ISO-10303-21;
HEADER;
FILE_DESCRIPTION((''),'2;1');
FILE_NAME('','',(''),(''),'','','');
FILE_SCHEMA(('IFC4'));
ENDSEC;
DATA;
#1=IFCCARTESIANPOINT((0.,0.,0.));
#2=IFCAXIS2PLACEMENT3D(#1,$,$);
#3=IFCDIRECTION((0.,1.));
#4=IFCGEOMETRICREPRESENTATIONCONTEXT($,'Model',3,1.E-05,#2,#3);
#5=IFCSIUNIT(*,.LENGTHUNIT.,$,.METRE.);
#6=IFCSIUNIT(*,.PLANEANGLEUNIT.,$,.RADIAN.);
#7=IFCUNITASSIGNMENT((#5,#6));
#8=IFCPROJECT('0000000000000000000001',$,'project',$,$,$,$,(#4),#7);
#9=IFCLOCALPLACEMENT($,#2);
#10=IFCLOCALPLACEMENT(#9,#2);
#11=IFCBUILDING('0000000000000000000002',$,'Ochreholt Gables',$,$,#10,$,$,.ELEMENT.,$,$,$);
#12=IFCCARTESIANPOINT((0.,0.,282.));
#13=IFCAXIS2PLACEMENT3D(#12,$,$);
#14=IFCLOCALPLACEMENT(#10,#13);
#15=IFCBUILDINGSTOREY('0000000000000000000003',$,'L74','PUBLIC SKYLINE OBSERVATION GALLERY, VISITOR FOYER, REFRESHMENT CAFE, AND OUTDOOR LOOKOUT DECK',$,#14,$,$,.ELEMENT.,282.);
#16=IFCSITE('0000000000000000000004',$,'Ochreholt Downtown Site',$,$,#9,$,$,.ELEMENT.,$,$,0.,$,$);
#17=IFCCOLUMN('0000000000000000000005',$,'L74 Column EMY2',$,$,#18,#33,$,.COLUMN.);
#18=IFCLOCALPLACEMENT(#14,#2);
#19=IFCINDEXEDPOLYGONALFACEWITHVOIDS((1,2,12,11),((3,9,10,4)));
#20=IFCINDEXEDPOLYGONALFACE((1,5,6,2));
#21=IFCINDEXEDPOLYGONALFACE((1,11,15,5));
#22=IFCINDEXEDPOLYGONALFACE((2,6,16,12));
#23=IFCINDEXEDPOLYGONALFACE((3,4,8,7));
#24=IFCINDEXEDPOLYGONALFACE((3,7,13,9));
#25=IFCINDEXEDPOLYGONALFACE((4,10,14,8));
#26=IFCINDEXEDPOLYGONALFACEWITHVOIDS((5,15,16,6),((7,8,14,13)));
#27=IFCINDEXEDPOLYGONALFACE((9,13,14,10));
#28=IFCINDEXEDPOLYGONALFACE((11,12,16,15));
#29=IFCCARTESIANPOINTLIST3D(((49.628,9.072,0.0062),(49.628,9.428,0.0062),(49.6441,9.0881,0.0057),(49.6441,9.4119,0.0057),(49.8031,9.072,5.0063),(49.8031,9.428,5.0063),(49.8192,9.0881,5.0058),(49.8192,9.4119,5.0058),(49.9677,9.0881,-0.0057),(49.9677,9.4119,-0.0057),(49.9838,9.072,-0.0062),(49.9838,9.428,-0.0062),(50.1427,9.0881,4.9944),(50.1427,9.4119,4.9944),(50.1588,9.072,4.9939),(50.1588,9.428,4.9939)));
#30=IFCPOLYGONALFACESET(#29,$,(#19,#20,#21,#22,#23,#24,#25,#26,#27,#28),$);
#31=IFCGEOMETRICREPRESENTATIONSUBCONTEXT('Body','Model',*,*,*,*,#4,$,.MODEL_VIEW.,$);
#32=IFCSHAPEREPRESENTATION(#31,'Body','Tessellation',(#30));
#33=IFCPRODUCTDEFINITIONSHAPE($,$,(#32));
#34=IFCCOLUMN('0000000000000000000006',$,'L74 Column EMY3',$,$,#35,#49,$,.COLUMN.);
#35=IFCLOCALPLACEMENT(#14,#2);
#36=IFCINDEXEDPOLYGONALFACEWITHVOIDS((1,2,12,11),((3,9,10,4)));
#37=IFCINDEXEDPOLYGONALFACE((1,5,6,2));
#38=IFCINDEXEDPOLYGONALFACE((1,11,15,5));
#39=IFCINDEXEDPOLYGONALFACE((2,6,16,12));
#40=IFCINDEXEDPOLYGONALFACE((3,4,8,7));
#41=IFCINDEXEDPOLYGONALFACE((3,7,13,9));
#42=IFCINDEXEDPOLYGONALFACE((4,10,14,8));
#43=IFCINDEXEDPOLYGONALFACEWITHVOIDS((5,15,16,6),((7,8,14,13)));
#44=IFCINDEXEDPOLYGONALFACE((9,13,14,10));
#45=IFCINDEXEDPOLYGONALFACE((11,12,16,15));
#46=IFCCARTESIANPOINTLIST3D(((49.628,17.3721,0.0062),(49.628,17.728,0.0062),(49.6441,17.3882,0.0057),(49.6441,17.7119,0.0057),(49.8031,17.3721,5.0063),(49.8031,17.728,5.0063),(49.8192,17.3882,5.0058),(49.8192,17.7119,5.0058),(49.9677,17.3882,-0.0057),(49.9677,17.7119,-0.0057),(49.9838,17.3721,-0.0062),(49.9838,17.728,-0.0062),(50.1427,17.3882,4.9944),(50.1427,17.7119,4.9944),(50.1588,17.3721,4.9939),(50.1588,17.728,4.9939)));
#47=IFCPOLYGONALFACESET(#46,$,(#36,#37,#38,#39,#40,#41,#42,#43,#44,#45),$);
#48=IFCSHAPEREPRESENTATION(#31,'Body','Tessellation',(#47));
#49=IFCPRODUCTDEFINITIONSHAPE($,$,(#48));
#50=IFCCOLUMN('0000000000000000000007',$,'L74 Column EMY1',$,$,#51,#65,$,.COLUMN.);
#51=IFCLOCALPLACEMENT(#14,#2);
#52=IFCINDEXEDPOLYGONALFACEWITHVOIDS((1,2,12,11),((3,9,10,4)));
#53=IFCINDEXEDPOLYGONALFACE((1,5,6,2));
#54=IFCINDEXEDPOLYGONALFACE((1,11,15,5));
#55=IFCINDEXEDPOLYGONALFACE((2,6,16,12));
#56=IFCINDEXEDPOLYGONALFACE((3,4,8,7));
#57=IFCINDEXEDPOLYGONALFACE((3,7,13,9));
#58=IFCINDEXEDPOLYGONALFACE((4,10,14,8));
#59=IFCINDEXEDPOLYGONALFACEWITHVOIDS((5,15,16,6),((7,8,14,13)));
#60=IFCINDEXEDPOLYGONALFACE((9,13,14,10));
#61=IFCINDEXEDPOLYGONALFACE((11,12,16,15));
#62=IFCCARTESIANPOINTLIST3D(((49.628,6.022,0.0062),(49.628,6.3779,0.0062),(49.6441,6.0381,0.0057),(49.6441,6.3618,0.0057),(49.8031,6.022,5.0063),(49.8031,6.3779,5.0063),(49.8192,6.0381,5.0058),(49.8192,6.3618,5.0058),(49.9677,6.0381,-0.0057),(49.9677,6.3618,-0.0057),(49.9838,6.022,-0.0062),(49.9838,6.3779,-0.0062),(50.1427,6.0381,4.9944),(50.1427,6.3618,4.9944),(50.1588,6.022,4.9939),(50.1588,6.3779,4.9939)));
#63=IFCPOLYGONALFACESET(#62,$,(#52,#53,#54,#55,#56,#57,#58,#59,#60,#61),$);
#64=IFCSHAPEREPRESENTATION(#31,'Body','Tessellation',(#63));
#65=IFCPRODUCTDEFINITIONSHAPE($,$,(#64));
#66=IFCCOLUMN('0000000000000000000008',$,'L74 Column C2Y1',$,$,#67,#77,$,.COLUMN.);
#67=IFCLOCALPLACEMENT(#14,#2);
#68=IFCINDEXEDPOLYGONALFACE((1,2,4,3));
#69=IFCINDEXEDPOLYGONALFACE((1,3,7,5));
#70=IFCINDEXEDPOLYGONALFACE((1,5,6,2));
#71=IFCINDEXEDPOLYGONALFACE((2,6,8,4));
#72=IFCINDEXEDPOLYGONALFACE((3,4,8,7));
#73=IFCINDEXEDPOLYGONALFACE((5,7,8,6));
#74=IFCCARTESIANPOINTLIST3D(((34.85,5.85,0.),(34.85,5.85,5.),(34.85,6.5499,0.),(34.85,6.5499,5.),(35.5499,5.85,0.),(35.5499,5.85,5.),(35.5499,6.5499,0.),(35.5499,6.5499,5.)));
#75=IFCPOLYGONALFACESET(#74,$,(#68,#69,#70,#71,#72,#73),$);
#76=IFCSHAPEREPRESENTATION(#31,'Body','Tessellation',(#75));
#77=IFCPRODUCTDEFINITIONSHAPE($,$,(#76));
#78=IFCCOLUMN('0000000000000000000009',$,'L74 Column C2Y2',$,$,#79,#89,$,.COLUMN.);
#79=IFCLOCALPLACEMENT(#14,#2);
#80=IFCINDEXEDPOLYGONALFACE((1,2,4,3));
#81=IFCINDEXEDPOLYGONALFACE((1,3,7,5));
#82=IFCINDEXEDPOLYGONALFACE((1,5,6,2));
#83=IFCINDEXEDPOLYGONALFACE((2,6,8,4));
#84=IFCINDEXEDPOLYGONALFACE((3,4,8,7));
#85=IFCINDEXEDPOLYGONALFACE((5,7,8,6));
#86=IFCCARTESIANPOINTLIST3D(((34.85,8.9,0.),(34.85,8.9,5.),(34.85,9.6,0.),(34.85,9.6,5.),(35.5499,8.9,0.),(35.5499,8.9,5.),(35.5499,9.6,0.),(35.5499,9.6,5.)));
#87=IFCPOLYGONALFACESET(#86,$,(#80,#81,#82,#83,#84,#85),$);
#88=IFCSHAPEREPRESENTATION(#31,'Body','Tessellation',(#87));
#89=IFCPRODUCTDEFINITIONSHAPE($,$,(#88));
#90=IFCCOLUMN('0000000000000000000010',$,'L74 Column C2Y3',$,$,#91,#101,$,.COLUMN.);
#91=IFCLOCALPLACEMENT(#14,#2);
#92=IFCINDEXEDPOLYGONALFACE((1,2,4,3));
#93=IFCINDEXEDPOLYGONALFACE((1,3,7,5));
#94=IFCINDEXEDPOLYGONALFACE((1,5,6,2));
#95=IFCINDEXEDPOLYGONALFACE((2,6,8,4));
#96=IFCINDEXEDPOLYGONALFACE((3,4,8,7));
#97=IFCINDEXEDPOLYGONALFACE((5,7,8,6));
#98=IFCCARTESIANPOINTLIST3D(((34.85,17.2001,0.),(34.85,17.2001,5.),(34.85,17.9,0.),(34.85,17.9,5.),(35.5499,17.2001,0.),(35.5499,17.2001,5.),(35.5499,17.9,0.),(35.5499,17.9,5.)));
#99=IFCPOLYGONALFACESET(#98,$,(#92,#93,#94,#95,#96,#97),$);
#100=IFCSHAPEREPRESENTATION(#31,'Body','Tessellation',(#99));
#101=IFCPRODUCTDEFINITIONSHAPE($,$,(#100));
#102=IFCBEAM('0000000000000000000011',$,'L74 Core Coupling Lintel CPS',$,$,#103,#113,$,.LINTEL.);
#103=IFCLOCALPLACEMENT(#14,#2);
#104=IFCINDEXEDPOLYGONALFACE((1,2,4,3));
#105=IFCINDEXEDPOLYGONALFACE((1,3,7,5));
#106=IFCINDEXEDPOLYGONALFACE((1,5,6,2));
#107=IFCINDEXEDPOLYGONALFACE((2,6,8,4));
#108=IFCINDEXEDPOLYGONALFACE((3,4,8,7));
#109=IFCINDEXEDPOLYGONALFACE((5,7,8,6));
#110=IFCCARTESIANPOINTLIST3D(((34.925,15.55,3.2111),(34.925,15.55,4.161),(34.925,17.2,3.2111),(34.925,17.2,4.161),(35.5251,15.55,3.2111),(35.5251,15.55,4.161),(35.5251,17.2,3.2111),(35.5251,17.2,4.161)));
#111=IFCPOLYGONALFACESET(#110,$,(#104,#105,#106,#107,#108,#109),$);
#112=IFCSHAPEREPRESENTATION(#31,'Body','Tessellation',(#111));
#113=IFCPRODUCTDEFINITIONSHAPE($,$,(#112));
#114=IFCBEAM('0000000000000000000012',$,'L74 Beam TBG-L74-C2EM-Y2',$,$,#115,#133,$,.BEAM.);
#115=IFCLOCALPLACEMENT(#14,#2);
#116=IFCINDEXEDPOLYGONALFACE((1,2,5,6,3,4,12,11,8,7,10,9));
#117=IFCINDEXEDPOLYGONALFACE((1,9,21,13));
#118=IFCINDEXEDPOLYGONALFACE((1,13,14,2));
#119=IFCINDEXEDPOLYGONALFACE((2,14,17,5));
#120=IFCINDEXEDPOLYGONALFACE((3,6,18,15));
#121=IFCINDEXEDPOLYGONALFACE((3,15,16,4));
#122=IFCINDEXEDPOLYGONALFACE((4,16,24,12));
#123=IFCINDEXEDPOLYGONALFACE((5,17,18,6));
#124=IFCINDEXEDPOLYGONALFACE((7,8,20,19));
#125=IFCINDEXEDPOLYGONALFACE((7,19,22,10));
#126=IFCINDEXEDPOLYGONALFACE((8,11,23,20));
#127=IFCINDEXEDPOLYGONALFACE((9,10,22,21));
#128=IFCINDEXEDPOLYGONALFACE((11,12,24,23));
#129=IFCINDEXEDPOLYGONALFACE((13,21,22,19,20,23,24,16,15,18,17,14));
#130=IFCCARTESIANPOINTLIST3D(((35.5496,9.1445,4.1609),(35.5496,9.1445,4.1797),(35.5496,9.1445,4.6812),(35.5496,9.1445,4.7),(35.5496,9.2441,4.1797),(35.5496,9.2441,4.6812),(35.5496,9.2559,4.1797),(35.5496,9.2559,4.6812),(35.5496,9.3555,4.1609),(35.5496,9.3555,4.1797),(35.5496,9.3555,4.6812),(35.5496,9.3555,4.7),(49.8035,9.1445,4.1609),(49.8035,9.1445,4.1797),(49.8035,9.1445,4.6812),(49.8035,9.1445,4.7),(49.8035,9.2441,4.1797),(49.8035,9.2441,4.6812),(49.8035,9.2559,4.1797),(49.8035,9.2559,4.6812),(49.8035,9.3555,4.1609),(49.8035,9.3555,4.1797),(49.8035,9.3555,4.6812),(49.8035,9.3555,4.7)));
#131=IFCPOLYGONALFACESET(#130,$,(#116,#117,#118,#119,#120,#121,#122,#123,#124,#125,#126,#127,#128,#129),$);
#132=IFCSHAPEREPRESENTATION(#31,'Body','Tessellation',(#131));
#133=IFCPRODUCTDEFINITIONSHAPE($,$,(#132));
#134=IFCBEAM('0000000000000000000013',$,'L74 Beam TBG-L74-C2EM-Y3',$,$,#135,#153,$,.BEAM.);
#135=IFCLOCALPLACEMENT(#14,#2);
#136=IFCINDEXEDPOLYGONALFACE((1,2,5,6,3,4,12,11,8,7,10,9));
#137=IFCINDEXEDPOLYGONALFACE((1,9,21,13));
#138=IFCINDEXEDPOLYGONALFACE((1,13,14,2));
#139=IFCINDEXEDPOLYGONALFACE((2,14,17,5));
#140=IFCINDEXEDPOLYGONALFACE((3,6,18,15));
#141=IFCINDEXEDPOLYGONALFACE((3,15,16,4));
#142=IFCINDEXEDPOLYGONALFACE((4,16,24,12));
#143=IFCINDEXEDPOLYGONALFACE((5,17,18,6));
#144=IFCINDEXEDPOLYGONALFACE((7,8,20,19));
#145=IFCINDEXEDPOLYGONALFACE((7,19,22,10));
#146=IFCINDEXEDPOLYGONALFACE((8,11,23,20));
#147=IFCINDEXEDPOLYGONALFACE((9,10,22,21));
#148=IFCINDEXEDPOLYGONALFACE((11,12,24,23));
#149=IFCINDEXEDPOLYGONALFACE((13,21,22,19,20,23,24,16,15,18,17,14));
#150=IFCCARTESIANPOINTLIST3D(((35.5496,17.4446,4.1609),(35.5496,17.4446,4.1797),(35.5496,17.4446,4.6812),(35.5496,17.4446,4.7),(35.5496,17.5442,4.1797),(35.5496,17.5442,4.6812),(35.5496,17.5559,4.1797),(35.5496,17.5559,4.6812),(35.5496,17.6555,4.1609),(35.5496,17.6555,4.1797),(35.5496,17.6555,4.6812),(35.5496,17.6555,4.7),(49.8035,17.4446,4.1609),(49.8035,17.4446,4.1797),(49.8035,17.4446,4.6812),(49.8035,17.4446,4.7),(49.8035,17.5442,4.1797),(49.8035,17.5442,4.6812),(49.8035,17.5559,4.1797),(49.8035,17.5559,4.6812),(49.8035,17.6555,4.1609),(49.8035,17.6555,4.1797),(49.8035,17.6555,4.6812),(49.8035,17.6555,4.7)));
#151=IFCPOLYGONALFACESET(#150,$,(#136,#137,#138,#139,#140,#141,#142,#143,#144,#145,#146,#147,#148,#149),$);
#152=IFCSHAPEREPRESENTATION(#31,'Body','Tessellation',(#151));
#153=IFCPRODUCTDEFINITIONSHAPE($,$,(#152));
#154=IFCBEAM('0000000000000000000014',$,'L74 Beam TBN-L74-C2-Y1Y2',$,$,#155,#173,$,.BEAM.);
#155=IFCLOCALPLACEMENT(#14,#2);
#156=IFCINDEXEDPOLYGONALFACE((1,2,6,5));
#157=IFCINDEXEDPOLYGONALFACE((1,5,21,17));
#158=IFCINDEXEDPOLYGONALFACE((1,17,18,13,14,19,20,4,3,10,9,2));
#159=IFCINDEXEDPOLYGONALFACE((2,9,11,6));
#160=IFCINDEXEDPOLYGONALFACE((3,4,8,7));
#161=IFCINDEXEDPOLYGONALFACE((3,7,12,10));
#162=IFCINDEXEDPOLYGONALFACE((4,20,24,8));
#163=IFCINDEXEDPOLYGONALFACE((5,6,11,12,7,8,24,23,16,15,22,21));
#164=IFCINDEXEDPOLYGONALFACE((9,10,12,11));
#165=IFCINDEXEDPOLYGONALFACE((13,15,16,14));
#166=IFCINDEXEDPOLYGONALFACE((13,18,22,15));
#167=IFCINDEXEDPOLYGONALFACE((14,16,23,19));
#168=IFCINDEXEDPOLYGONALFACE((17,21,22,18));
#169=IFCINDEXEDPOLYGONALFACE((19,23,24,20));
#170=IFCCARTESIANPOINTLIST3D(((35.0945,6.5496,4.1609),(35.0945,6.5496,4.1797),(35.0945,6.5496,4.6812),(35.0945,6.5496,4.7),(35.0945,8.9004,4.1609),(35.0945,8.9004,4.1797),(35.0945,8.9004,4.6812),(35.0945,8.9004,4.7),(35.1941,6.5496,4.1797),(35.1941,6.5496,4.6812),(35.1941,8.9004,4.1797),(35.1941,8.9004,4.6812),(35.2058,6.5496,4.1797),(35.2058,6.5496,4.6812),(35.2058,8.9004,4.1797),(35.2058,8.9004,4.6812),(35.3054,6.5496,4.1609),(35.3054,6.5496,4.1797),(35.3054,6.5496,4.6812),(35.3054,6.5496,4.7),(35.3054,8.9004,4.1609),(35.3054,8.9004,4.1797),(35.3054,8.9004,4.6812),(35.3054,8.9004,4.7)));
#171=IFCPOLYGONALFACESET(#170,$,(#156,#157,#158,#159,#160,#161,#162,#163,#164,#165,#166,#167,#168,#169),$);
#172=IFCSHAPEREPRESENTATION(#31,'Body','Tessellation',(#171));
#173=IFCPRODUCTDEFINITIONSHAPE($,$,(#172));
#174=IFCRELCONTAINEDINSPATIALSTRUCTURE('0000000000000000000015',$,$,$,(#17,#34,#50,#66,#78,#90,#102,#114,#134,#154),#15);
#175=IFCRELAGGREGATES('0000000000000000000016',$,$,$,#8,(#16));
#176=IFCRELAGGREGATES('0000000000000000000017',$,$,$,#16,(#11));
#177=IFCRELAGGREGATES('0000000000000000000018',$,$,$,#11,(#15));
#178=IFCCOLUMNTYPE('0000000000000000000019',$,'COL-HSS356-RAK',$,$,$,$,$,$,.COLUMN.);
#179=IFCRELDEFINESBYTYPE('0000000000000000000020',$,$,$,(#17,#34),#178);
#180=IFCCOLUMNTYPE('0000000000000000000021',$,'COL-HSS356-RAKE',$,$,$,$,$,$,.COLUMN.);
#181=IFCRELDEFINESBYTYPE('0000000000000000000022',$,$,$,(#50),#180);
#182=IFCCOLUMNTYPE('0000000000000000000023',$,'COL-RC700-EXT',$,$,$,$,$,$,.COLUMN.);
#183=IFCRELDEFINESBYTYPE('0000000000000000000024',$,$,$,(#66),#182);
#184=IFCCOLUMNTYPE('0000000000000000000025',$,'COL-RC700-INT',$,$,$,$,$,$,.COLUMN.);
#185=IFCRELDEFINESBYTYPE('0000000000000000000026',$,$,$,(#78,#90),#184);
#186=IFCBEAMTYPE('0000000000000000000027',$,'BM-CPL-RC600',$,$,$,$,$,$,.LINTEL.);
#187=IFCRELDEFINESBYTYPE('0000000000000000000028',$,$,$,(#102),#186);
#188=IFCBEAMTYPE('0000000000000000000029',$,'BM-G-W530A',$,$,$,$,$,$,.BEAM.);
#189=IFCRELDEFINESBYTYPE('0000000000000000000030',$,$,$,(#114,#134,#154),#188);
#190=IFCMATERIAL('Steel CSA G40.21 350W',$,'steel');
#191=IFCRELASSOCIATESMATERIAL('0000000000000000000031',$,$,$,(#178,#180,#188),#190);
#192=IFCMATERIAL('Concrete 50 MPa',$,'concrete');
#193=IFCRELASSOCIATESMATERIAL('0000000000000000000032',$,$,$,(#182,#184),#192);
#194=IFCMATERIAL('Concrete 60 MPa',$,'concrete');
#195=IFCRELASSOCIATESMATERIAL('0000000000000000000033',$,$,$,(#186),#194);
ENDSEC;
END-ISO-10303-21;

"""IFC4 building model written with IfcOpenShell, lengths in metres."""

from ifc_helpers import new_model, si_unit, direction, frame, origin, origin_2d, place, context, subcontext, project, spatial, rectangle, hollow_rectangle, i_section, extrude, material, material_profile, profile_set, type_object, element, save


model = new_model("IFC4")

# Units and contexts
model_context = context("Model", 3, precision=1e-05, world=origin(), true_north=direction((0.0, 1.0)))
body_context = subcontext(model_context, "Body", "Model", "MODEL_VIEW")
ifc_project = project(units=[si_unit("LENGTHUNIT", "METRE"), si_unit("PLANEANGLEUNIT", "RADIAN")], contexts=[model_context])

# Site, building, storey
site_placement = place(None, origin())
site = spatial("IfcSite", under=ifc_project, at=site_placement, Name="Ochreholt Downtown Site", CompositionType="ELEMENT", RefElevation=0.0)
building_placement = place(site_placement, origin())
building = spatial("IfcBuilding", under=site, at=building_placement, Name="Ochreholt Gables", CompositionType="ELEMENT")
storey_placement = place(building_placement, frame((0.0, 0.0, 282.0)))
storey = spatial("IfcBuildingStorey", under=building, at=storey_placement, Name="L74", Description="PUBLIC SKYLINE OBSERVATION GALLERY, VISITOR FOYER, REFRESHMENT CAFE, AND OUTDOOR LOOKOUT DECK", CompositionType="ELEMENT", Elevation=282.0)

# Columns
ifc_material_1 = material(Name="Steel CSA G40.21 350W", Category="steel")
ifc_material_profile_1 = material_profile(ifc_material_1, hollow_rectangle(XDim=0.356, YDim=0.356, WallThickness=0.0161, at=origin_2d()), Name="HSS356X356X16")
ifc_profile_set_1 = profile_set([ifc_material_profile_1], Name="Steel CSA G40.21 350W")
column_type_1 = type_object("IfcColumnType", Name="COL-HSS356-RAK", PredefinedType="COLUMN", material=ifc_profile_set_1)
for number, where, z_axis, x_axis, name in (
    (1, (49.8059, 9.25, 0.0), (0.034988, 0.0, 0.999388), (0.0, 1.0, 0.0), "L74 Column EMY2"),
    (2, (49.8059, 17.55, 0.0), (0.034988, 0.0, 0.999388), (0.0, 1.0, 0.0), "L74 Column EMY3"),
):
    element("IfcColumn", number, at=place(storey_placement, frame(where, z_axis=z_axis, x_axis=x_axis)), inside=storey, type_object=column_type_1, Name=name, PredefinedType="COLUMN", context=body_context, shape_type="SweptSolid", body=[
        extrude(hollow_rectangle(XDim=0.356, YDim=0.356, WallThickness=0.0161, at=origin_2d()), origin(), (0.0, 0.0, 1.0), 5.0032),
    ])
ifc_material_profile_2 = material_profile(ifc_material_1, hollow_rectangle(XDim=0.356, YDim=0.356, WallThickness=0.0161, at=origin_2d()), Name="HSS356X356X16")
ifc_profile_set_2 = profile_set([ifc_material_profile_2], Name="Steel CSA G40.21 350W")
column_type_2 = type_object("IfcColumnType", Name="COL-HSS356-RAKE", PredefinedType="COLUMN", material=ifc_profile_set_2)
column_1_placement = place(storey_placement, frame((49.8059, 6.2, 0.0), z_axis=(0.034988, 0.0, 0.999388), x_axis=(0.0, 1.0, 0.0)))
element("IfcColumn", 3, at=column_1_placement, inside=storey, type_object=column_type_2, Name="L74 Column EMY1", PredefinedType="COLUMN", context=body_context, shape_type="SweptSolid", body=[
    extrude(hollow_rectangle(XDim=0.356, YDim=0.356, WallThickness=0.0161, at=origin_2d()), origin(), (0.0, 0.0, 1.0), 5.0032),
])
ifc_material_2 = material(Name="Concrete 50 MPa", Category="concrete")
ifc_material_profile_3 = material_profile(ifc_material_2, rectangle(XDim=0.7, YDim=0.7, at=origin_2d()), Name="RC700X700")
ifc_profile_set_3 = profile_set([ifc_material_profile_3], Name="Concrete 50 MPa")
column_type_3 = type_object("IfcColumnType", Name="COL-RC700-EXT", PredefinedType="COLUMN", material=ifc_profile_set_3)
column_2_placement = place(storey_placement, frame((35.2, 6.2, 0.0), z_axis=(0.0, 0.0, 1.0), x_axis=(1.0, 0.0, 0.0)))
element("IfcColumn", 4, at=column_2_placement, inside=storey, type_object=column_type_3, Name="L74 Column C2Y1", PredefinedType="COLUMN", context=body_context, shape_type="SweptSolid", body=[
    extrude(rectangle(XDim=0.7, YDim=0.7, at=origin_2d()), origin(), (0.0, 0.0, 1.0), 5.0),
])
ifc_material_profile_4 = material_profile(ifc_material_2, rectangle(XDim=0.7, YDim=0.7, at=origin_2d()), Name="RC700X700")
ifc_profile_set_4 = profile_set([ifc_material_profile_4], Name="Concrete 50 MPa")
column_type_4 = type_object("IfcColumnType", Name="COL-RC700-INT", PredefinedType="COLUMN", material=ifc_profile_set_4)
for number, where, z_axis, x_axis, name in (
    (5, (35.2, 9.25, 0.0), (0.0, 0.0, 1.0), (1.0, 0.0, 0.0), "L74 Column C2Y2"),
    (6, (35.2, 17.55, 0.0), (0.0, 0.0, 1.0), (1.0, 0.0, 0.0), "L74 Column C2Y3"),
):
    element("IfcColumn", number, at=place(storey_placement, frame(where, z_axis=z_axis, x_axis=x_axis)), inside=storey, type_object=column_type_4, Name=name, PredefinedType="COLUMN", context=body_context, shape_type="SweptSolid", body=[
        extrude(rectangle(XDim=0.7, YDim=0.7, at=origin_2d()), origin(), (0.0, 0.0, 1.0), 5.0),
    ])

# Beams
ifc_material_3 = material(Name="Concrete 60 MPa", Category="concrete")
ifc_material_profile_5 = material_profile(ifc_material_3, rectangle(XDim=0.6001, YDim=0.95, at=origin_2d()), Name="RCB600X950")
ifc_profile_set_5 = profile_set([ifc_material_profile_5], Name="Concrete 60 MPa")
beam_type_1 = type_object("IfcBeamType", Name="BM-CPL-RC600", PredefinedType="LINTEL", material=ifc_profile_set_5)
beam_1_placement = place(storey_placement, frame((35.2251, 15.55, 3.686), z_axis=(0.0, 1.0, 0.0), x_axis=(-1.0, 0.0, 0.0)))
element("IfcBeam", 7, at=beam_1_placement, inside=storey, type_object=beam_type_1, Name="L74 Core Coupling Lintel CPS", PredefinedType="LINTEL", context=body_context, shape_type="SweptSolid", body=[
    extrude(rectangle(XDim=0.6001, YDim=0.95, at=origin_2d()), origin(), (0.0, 0.0, 1.0), 1.6499),
])
ifc_material_profile_6 = material_profile(ifc_material_1, i_section(OverallWidth=0.2109, OverallDepth=0.5391, WebThickness=0.0117, FlangeThickness=0.0188, at=origin_2d()), Name="W530X109")
ifc_profile_set_6 = profile_set([ifc_material_profile_6], Name="Steel CSA G40.21 350W")
beam_type_2 = type_object("IfcBeamType", Name="BM-G-W530A", PredefinedType="BEAM", material=ifc_profile_set_6)
for number, where, z_axis, x_axis, name in (
    (8, (35.5496, 9.25, 4.4304), (1.0, 0.0, 0.0), (0.0, 1.0, 0.0), "L74 Beam TBG-L74-C2EM-Y2"),
    (9, (35.5496, 17.55, 4.4304), (1.0, 0.0, 0.0), (0.0, 1.0, 0.0), "L74 Beam TBG-L74-C2EM-Y3"),
):
    element("IfcBeam", number, at=place(storey_placement, frame(where, z_axis=z_axis, x_axis=x_axis)), inside=storey, type_object=beam_type_2, Name=name, PredefinedType="BEAM", context=body_context, shape_type="SweptSolid", body=[
        extrude(i_section(OverallWidth=0.2109, OverallDepth=0.5391, WebThickness=0.0117, FlangeThickness=0.0188, at=origin_2d()), origin(), (0.0, 0.0, 1.0), 14.2539),
    ])
beam_2_placement = place(storey_placement, frame((35.2, 6.5496, 4.4304), z_axis=(0.0, 1.0, 0.0), x_axis=(-1.0, 0.0, 0.0)))
element("IfcBeam", 10, at=beam_2_placement, inside=storey, type_object=beam_type_2, Name="L74 Beam TBN-L74-C2-Y1Y2", PredefinedType="BEAM", context=body_context, shape_type="SweptSolid", body=[
    extrude(i_section(OverallWidth=0.2109, OverallDepth=0.5391, WebThickness=0.0117, FlangeThickness=0.0188, at=origin_2d()), origin(), (0.0, 0.0, 1.0), 2.3508),
])

save(model, "model.ifc")
